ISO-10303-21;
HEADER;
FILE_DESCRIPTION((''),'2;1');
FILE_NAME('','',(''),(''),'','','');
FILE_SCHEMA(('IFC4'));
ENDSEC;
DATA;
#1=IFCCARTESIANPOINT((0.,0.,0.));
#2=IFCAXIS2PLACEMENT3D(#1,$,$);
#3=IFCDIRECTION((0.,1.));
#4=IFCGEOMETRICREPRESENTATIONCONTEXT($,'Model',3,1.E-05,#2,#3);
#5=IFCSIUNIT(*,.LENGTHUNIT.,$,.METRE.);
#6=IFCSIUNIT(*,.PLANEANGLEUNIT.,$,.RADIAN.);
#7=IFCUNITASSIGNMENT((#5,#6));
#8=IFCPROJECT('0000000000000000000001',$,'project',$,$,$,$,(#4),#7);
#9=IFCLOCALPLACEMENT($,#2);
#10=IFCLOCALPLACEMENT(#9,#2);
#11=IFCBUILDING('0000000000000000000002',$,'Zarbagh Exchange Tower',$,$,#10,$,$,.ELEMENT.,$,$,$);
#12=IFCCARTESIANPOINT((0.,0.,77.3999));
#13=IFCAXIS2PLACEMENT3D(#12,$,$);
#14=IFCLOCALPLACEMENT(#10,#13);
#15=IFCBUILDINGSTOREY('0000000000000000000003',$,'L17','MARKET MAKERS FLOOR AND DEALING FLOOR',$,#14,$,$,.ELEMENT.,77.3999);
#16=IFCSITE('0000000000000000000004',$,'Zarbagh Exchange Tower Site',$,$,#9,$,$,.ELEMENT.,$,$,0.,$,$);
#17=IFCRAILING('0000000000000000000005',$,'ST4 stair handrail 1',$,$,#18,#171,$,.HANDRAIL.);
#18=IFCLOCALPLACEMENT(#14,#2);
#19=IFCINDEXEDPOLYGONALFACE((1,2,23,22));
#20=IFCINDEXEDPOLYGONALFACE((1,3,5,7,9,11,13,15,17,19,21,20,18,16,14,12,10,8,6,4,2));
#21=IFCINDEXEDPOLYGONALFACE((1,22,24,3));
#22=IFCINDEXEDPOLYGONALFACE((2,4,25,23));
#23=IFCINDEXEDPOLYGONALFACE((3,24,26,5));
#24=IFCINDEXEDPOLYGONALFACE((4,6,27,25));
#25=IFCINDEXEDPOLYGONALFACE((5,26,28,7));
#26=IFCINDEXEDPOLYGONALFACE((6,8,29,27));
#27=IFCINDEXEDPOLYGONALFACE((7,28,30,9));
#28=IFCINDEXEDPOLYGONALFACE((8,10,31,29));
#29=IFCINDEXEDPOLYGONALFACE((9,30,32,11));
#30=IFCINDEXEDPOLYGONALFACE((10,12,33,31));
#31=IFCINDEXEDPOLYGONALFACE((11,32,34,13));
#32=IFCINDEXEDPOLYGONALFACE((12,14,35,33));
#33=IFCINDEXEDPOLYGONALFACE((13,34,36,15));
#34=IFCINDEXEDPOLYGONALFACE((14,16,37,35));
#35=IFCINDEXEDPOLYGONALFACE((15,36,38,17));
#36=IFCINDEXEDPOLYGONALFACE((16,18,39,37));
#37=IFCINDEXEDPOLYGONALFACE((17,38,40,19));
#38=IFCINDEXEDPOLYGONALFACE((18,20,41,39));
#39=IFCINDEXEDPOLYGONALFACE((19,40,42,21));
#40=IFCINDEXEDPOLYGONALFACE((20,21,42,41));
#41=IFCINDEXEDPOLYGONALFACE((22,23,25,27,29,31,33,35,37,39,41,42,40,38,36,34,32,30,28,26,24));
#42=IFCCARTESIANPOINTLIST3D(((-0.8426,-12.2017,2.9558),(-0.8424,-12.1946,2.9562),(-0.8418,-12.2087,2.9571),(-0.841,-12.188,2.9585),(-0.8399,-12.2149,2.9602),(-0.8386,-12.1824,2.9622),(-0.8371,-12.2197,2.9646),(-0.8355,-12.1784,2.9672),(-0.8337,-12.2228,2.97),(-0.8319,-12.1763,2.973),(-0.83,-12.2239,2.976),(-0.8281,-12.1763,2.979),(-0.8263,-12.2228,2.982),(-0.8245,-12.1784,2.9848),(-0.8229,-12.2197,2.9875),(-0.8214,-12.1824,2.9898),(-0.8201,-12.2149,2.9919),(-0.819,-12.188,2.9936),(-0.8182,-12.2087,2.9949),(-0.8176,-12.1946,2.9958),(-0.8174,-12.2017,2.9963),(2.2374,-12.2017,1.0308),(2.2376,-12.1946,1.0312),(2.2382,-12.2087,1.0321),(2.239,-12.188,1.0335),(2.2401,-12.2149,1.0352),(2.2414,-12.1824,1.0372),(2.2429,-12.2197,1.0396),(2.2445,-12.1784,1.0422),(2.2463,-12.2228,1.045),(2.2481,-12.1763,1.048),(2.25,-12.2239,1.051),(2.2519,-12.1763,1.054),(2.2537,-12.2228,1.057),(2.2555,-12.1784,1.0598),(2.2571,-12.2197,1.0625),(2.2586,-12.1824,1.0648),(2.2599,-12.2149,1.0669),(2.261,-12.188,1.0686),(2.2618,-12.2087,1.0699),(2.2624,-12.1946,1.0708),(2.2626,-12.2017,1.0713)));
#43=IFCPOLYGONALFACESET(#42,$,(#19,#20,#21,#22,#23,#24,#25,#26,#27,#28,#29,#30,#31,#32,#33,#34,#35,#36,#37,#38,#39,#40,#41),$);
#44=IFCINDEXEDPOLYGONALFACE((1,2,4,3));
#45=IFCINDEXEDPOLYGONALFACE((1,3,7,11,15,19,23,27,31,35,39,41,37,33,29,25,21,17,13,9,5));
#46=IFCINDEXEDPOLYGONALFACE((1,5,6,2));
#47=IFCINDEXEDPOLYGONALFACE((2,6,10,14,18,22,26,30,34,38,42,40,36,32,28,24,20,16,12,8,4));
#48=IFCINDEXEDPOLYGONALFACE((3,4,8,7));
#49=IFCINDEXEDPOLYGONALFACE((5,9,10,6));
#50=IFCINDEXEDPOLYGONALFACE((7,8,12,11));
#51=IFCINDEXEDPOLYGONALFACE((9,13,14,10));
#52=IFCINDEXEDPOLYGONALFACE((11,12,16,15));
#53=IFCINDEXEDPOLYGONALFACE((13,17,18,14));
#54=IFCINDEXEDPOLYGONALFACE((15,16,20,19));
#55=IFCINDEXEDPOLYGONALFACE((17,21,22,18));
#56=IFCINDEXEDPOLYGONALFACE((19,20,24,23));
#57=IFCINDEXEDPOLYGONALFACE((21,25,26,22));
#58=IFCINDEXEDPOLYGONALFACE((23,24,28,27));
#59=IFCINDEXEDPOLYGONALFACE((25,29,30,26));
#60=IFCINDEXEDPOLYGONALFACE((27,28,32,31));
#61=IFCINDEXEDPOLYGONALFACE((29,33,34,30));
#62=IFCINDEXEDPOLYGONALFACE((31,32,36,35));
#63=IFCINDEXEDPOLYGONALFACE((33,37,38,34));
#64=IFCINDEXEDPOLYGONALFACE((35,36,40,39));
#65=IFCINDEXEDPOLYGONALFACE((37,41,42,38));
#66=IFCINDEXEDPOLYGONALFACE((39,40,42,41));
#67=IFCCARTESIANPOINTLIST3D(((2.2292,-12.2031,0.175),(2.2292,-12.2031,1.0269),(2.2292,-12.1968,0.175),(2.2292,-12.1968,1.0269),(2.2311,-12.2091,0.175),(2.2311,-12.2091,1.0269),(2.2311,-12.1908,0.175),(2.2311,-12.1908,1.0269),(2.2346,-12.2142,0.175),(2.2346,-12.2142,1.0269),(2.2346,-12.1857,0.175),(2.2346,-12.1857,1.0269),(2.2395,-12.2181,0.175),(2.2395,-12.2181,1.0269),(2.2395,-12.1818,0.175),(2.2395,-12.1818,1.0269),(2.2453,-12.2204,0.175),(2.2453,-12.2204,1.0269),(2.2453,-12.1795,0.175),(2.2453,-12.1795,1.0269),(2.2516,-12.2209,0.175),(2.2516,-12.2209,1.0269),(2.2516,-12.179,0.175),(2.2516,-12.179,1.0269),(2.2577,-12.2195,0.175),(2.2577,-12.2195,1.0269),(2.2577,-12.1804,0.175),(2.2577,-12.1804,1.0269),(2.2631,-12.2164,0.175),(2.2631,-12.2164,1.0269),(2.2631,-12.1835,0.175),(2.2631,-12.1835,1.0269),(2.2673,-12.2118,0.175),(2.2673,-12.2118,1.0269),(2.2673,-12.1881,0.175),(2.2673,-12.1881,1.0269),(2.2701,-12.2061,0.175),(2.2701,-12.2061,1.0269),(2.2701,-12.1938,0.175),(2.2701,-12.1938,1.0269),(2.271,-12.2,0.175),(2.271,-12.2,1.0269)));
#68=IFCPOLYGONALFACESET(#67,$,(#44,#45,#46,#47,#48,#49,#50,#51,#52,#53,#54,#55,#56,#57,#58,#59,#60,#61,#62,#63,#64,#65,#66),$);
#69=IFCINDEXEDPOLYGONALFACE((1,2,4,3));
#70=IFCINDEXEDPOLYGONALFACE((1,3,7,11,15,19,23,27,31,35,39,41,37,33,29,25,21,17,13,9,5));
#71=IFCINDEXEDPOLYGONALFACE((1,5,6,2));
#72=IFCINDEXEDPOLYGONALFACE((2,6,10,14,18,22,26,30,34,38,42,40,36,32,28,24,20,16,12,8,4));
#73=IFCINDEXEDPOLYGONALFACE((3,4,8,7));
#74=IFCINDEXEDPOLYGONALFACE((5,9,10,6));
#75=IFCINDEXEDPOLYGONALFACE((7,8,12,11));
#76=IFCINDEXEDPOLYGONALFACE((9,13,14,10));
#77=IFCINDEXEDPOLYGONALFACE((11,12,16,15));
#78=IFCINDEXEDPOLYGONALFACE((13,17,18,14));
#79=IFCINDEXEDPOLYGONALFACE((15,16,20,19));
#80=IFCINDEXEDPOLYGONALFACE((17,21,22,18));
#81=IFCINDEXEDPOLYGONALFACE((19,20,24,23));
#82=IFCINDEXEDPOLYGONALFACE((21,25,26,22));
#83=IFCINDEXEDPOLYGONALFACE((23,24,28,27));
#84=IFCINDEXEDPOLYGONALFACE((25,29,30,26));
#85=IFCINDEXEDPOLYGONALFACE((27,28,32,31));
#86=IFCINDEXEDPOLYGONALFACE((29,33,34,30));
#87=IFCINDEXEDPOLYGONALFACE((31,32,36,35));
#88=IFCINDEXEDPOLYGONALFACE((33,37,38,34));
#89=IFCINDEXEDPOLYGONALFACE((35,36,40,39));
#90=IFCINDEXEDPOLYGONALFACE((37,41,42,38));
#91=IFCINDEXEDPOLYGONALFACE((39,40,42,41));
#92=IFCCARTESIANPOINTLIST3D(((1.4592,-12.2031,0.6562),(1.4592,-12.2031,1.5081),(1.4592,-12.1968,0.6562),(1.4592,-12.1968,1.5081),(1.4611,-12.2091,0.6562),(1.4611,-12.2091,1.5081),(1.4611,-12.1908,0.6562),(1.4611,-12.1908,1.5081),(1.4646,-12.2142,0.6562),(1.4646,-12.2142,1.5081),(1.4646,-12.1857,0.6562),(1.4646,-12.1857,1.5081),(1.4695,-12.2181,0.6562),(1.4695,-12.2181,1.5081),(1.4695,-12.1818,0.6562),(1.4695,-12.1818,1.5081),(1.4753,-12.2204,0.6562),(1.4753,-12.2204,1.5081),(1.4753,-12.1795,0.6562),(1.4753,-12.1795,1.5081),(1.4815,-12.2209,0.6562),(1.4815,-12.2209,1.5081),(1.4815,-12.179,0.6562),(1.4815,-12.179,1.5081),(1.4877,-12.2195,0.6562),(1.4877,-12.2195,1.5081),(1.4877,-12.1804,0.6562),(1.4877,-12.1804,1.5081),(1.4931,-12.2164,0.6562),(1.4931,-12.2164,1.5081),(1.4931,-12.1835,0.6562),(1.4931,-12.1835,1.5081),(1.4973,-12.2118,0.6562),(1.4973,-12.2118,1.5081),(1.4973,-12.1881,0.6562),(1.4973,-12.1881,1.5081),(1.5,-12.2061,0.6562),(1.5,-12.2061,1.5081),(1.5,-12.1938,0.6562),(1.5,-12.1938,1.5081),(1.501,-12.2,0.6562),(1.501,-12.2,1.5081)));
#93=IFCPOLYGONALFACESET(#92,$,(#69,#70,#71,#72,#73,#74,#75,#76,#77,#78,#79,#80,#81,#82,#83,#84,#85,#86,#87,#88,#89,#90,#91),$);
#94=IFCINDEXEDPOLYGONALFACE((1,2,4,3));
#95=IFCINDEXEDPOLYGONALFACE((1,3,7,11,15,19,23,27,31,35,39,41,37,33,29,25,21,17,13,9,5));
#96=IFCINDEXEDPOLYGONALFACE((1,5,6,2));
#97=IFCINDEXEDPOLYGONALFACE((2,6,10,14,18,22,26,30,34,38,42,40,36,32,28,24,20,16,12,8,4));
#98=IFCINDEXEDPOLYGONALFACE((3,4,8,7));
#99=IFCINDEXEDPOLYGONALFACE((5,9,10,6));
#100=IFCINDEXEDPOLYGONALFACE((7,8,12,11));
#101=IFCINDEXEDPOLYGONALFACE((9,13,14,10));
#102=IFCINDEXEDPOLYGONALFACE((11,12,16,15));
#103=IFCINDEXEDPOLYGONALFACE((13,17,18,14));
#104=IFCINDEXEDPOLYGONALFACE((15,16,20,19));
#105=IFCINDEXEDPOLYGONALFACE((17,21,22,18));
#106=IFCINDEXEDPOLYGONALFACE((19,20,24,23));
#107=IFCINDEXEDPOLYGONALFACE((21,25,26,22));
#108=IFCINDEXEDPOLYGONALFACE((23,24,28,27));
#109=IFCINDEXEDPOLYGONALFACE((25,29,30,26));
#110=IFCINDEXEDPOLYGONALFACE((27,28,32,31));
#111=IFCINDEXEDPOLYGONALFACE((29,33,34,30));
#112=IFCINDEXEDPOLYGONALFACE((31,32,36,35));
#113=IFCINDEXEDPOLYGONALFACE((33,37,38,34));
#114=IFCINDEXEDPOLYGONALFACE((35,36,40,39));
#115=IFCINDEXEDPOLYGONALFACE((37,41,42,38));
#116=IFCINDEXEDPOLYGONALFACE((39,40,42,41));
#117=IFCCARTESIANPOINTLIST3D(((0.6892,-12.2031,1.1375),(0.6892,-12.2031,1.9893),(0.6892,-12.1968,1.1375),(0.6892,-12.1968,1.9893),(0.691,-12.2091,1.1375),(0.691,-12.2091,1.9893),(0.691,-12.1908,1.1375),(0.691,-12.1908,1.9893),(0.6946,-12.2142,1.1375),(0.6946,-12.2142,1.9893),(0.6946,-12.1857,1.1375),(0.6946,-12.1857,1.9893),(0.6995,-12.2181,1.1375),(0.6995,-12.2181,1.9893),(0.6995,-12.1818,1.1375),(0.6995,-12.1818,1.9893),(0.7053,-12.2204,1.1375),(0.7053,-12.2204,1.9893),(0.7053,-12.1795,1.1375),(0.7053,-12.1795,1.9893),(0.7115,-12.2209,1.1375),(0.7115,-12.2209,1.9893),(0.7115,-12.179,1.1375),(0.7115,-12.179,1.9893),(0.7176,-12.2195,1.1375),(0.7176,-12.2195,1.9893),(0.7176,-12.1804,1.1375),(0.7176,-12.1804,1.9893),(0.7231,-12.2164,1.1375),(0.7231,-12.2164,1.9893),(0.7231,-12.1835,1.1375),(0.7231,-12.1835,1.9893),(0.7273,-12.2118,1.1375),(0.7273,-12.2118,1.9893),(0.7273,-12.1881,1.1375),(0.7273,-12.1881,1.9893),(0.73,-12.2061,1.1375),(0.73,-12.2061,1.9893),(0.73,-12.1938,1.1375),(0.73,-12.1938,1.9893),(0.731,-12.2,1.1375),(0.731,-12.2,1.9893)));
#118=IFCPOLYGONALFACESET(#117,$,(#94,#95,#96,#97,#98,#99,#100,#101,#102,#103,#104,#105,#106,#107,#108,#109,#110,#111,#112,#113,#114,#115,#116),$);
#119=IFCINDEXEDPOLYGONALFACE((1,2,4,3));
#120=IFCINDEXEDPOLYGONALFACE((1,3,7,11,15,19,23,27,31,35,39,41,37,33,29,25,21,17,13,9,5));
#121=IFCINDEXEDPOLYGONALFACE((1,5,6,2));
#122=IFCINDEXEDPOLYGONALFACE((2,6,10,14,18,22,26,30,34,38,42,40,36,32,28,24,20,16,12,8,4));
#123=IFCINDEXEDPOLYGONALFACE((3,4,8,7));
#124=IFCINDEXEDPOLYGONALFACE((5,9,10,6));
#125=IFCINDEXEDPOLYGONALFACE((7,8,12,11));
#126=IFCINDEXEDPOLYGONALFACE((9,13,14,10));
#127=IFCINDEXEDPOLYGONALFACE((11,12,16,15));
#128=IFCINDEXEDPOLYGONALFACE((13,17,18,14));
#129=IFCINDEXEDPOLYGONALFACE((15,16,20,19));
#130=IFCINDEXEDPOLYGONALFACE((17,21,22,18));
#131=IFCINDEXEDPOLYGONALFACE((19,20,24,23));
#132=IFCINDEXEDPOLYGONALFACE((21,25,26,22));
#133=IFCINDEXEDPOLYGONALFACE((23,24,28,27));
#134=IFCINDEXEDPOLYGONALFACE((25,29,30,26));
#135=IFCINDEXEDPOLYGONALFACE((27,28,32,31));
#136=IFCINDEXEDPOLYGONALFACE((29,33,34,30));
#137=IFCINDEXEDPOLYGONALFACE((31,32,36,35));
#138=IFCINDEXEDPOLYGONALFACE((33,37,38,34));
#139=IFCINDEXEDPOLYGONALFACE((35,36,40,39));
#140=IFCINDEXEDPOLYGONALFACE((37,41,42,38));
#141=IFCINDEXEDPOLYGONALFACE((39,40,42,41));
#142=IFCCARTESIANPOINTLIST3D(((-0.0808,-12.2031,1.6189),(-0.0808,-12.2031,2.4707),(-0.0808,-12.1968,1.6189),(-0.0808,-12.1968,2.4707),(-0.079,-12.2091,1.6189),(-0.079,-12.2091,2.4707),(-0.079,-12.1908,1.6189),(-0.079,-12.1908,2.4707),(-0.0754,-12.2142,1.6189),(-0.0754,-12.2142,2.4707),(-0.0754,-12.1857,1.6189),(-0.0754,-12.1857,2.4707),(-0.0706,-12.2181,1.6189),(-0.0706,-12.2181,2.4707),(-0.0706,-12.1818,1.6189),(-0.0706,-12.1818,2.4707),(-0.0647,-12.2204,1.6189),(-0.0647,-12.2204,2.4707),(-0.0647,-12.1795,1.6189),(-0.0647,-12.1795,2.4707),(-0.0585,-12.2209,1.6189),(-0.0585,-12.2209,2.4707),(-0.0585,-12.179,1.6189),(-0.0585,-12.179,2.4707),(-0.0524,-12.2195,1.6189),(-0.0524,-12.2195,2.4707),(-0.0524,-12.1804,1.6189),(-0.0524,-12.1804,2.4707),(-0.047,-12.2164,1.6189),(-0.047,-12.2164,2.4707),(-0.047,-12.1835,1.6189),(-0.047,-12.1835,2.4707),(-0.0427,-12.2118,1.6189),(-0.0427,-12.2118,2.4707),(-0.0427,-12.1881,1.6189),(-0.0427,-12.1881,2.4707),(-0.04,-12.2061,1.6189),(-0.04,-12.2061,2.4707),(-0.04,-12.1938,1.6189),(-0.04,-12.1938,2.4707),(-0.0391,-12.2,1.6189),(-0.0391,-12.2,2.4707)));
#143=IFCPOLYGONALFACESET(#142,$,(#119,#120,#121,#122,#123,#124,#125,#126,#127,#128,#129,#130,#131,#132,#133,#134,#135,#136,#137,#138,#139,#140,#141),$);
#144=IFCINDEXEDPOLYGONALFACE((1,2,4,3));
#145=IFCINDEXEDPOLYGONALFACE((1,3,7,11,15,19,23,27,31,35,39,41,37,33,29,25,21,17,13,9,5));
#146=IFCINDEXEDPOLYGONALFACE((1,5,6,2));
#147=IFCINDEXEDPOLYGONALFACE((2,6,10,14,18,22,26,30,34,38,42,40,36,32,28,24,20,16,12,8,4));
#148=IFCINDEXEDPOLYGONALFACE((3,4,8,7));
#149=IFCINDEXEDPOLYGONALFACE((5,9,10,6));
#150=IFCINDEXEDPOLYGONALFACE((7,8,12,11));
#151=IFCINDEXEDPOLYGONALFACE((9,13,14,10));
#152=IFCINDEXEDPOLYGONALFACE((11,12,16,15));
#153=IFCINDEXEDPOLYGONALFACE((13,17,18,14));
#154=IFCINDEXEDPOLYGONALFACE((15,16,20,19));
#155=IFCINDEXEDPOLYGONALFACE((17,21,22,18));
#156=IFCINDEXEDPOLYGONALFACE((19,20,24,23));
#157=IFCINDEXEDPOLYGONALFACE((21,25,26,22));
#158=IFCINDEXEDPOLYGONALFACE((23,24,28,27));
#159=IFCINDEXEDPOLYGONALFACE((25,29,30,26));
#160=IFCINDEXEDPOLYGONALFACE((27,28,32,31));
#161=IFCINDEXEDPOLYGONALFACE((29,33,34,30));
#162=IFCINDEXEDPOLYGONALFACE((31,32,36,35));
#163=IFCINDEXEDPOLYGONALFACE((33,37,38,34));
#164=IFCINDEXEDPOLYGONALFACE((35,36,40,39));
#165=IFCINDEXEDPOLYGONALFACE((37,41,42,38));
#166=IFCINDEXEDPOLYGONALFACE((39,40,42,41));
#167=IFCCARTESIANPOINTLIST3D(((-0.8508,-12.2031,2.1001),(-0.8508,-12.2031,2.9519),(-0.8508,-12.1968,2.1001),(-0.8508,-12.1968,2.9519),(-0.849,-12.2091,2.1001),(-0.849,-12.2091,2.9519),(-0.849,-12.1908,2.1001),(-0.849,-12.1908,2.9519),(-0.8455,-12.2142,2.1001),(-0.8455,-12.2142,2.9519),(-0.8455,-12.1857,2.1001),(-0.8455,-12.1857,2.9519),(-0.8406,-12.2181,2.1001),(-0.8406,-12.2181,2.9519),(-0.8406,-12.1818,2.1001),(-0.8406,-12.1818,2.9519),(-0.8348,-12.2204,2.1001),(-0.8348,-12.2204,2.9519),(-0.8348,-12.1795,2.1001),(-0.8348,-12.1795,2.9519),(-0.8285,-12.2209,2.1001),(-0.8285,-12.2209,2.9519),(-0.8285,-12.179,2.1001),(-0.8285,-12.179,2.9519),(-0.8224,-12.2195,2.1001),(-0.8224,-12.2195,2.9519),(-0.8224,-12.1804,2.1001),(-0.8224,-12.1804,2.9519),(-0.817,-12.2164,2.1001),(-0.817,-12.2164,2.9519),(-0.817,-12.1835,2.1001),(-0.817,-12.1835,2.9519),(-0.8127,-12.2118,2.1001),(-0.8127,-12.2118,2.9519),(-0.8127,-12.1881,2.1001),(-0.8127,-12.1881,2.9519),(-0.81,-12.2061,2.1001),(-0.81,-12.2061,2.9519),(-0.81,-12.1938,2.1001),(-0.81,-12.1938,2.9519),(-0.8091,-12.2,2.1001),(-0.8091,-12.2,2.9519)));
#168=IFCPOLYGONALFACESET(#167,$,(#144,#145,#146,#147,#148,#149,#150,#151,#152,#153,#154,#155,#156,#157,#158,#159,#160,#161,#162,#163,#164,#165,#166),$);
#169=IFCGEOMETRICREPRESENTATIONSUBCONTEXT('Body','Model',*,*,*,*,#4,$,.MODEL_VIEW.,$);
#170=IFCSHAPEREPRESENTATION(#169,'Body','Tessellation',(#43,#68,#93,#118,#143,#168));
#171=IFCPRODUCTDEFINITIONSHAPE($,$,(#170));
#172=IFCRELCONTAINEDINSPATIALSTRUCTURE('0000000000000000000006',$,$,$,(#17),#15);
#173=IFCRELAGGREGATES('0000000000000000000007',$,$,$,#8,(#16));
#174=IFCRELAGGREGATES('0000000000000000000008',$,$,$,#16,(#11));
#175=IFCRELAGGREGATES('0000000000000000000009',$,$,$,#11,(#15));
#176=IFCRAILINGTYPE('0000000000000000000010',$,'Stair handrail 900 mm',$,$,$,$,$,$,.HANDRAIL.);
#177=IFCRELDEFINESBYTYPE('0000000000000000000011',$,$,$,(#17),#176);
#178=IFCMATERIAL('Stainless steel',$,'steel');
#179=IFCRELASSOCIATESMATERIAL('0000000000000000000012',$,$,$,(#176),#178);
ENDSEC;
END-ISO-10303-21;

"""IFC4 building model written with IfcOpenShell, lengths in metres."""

from ifc_helpers import new_model, si_unit, direction, frame, origin, origin_2d, place, context, subcontext, project, spatial, circle, extrude, material, type_object, element, save


model = new_model("IFC4")

# Units and contexts
model_context = context("Model", 3, precision=1e-05, world=origin(), true_north=direction((0.0, 1.0)))
body_context = subcontext(model_context, "Body", "Model", "MODEL_VIEW")
ifc_project = project(units=[si_unit("LENGTHUNIT", "METRE"), si_unit("PLANEANGLEUNIT", "RADIAN")], contexts=[model_context])

# Site, building, storey
site_placement = place(None, origin())
site = spatial("IfcSite", under=ifc_project, at=site_placement, Name="Zarbagh Exchange Tower Site", CompositionType="ELEMENT", RefElevation=0.0)
building_placement = place(site_placement, origin())
building = spatial("IfcBuilding", under=site, at=building_placement, Name="Zarbagh Exchange Tower", CompositionType="ELEMENT")
storey_placement = place(building_placement, frame((0.0, 0.0, 77.3999)))
storey = spatial("IfcBuildingStorey", under=building, at=storey_placement, Name="L17", Description="MARKET MAKERS FLOOR AND DEALING FLOOR", CompositionType="ELEMENT", Elevation=77.3999)

# Railing
ifc_material_1 = material(Name="Stainless steel", Category="steel")
railing_type_1 = type_object("IfcRailingType", Name="Stair handrail 900 mm", PredefinedType="HANDRAIL", material=ifc_material_1)
for number, where, name in (
    (1, (2.25, -12.2, 0.175), "ST4 stair handrail 1"),
):
    element("IfcRailing", number, at=place(storey_placement, frame(where)), inside=storey, type_object=railing_type_1, Name=name, PredefinedType="HANDRAIL", context=body_context, shape_type="SweptSolid", body=[
        extrude(circle(Radius=0.0239, at=origin_2d()), frame((0.0, 0.0, 0.876), z_axis=(-0.847998, 0.0, 0.529999), x_axis=(0.0, -1.0, 0.0)), (0.0, 0.0, 1.0), 3.6321),
        extrude(circle(Radius=0.021, at=origin_2d()), origin(), (0.0, 0.0, 1.0), 0.8518),
        extrude(circle(Radius=0.021, at=origin_2d()), frame((-0.77, 0.0, 0.4812)), (0.0, 0.0, 1.0), 0.8518),
        extrude(circle(Radius=0.021, at=origin_2d()), frame((-1.54, 0.0, 0.9624)), (0.0, 0.0, 1.0), 0.8518),
        extrude(circle(Radius=0.021, at=origin_2d()), frame((-2.3101, 0.0, 1.4438)), (0.0, 0.0, 1.0), 0.8518),
        extrude(circle(Radius=0.021, at=origin_2d()), frame((-3.0801, 0.0, 1.925)), (0.0, 0.0, 1.0), 0.8518),
    ])

save(model, "model.ifc")
